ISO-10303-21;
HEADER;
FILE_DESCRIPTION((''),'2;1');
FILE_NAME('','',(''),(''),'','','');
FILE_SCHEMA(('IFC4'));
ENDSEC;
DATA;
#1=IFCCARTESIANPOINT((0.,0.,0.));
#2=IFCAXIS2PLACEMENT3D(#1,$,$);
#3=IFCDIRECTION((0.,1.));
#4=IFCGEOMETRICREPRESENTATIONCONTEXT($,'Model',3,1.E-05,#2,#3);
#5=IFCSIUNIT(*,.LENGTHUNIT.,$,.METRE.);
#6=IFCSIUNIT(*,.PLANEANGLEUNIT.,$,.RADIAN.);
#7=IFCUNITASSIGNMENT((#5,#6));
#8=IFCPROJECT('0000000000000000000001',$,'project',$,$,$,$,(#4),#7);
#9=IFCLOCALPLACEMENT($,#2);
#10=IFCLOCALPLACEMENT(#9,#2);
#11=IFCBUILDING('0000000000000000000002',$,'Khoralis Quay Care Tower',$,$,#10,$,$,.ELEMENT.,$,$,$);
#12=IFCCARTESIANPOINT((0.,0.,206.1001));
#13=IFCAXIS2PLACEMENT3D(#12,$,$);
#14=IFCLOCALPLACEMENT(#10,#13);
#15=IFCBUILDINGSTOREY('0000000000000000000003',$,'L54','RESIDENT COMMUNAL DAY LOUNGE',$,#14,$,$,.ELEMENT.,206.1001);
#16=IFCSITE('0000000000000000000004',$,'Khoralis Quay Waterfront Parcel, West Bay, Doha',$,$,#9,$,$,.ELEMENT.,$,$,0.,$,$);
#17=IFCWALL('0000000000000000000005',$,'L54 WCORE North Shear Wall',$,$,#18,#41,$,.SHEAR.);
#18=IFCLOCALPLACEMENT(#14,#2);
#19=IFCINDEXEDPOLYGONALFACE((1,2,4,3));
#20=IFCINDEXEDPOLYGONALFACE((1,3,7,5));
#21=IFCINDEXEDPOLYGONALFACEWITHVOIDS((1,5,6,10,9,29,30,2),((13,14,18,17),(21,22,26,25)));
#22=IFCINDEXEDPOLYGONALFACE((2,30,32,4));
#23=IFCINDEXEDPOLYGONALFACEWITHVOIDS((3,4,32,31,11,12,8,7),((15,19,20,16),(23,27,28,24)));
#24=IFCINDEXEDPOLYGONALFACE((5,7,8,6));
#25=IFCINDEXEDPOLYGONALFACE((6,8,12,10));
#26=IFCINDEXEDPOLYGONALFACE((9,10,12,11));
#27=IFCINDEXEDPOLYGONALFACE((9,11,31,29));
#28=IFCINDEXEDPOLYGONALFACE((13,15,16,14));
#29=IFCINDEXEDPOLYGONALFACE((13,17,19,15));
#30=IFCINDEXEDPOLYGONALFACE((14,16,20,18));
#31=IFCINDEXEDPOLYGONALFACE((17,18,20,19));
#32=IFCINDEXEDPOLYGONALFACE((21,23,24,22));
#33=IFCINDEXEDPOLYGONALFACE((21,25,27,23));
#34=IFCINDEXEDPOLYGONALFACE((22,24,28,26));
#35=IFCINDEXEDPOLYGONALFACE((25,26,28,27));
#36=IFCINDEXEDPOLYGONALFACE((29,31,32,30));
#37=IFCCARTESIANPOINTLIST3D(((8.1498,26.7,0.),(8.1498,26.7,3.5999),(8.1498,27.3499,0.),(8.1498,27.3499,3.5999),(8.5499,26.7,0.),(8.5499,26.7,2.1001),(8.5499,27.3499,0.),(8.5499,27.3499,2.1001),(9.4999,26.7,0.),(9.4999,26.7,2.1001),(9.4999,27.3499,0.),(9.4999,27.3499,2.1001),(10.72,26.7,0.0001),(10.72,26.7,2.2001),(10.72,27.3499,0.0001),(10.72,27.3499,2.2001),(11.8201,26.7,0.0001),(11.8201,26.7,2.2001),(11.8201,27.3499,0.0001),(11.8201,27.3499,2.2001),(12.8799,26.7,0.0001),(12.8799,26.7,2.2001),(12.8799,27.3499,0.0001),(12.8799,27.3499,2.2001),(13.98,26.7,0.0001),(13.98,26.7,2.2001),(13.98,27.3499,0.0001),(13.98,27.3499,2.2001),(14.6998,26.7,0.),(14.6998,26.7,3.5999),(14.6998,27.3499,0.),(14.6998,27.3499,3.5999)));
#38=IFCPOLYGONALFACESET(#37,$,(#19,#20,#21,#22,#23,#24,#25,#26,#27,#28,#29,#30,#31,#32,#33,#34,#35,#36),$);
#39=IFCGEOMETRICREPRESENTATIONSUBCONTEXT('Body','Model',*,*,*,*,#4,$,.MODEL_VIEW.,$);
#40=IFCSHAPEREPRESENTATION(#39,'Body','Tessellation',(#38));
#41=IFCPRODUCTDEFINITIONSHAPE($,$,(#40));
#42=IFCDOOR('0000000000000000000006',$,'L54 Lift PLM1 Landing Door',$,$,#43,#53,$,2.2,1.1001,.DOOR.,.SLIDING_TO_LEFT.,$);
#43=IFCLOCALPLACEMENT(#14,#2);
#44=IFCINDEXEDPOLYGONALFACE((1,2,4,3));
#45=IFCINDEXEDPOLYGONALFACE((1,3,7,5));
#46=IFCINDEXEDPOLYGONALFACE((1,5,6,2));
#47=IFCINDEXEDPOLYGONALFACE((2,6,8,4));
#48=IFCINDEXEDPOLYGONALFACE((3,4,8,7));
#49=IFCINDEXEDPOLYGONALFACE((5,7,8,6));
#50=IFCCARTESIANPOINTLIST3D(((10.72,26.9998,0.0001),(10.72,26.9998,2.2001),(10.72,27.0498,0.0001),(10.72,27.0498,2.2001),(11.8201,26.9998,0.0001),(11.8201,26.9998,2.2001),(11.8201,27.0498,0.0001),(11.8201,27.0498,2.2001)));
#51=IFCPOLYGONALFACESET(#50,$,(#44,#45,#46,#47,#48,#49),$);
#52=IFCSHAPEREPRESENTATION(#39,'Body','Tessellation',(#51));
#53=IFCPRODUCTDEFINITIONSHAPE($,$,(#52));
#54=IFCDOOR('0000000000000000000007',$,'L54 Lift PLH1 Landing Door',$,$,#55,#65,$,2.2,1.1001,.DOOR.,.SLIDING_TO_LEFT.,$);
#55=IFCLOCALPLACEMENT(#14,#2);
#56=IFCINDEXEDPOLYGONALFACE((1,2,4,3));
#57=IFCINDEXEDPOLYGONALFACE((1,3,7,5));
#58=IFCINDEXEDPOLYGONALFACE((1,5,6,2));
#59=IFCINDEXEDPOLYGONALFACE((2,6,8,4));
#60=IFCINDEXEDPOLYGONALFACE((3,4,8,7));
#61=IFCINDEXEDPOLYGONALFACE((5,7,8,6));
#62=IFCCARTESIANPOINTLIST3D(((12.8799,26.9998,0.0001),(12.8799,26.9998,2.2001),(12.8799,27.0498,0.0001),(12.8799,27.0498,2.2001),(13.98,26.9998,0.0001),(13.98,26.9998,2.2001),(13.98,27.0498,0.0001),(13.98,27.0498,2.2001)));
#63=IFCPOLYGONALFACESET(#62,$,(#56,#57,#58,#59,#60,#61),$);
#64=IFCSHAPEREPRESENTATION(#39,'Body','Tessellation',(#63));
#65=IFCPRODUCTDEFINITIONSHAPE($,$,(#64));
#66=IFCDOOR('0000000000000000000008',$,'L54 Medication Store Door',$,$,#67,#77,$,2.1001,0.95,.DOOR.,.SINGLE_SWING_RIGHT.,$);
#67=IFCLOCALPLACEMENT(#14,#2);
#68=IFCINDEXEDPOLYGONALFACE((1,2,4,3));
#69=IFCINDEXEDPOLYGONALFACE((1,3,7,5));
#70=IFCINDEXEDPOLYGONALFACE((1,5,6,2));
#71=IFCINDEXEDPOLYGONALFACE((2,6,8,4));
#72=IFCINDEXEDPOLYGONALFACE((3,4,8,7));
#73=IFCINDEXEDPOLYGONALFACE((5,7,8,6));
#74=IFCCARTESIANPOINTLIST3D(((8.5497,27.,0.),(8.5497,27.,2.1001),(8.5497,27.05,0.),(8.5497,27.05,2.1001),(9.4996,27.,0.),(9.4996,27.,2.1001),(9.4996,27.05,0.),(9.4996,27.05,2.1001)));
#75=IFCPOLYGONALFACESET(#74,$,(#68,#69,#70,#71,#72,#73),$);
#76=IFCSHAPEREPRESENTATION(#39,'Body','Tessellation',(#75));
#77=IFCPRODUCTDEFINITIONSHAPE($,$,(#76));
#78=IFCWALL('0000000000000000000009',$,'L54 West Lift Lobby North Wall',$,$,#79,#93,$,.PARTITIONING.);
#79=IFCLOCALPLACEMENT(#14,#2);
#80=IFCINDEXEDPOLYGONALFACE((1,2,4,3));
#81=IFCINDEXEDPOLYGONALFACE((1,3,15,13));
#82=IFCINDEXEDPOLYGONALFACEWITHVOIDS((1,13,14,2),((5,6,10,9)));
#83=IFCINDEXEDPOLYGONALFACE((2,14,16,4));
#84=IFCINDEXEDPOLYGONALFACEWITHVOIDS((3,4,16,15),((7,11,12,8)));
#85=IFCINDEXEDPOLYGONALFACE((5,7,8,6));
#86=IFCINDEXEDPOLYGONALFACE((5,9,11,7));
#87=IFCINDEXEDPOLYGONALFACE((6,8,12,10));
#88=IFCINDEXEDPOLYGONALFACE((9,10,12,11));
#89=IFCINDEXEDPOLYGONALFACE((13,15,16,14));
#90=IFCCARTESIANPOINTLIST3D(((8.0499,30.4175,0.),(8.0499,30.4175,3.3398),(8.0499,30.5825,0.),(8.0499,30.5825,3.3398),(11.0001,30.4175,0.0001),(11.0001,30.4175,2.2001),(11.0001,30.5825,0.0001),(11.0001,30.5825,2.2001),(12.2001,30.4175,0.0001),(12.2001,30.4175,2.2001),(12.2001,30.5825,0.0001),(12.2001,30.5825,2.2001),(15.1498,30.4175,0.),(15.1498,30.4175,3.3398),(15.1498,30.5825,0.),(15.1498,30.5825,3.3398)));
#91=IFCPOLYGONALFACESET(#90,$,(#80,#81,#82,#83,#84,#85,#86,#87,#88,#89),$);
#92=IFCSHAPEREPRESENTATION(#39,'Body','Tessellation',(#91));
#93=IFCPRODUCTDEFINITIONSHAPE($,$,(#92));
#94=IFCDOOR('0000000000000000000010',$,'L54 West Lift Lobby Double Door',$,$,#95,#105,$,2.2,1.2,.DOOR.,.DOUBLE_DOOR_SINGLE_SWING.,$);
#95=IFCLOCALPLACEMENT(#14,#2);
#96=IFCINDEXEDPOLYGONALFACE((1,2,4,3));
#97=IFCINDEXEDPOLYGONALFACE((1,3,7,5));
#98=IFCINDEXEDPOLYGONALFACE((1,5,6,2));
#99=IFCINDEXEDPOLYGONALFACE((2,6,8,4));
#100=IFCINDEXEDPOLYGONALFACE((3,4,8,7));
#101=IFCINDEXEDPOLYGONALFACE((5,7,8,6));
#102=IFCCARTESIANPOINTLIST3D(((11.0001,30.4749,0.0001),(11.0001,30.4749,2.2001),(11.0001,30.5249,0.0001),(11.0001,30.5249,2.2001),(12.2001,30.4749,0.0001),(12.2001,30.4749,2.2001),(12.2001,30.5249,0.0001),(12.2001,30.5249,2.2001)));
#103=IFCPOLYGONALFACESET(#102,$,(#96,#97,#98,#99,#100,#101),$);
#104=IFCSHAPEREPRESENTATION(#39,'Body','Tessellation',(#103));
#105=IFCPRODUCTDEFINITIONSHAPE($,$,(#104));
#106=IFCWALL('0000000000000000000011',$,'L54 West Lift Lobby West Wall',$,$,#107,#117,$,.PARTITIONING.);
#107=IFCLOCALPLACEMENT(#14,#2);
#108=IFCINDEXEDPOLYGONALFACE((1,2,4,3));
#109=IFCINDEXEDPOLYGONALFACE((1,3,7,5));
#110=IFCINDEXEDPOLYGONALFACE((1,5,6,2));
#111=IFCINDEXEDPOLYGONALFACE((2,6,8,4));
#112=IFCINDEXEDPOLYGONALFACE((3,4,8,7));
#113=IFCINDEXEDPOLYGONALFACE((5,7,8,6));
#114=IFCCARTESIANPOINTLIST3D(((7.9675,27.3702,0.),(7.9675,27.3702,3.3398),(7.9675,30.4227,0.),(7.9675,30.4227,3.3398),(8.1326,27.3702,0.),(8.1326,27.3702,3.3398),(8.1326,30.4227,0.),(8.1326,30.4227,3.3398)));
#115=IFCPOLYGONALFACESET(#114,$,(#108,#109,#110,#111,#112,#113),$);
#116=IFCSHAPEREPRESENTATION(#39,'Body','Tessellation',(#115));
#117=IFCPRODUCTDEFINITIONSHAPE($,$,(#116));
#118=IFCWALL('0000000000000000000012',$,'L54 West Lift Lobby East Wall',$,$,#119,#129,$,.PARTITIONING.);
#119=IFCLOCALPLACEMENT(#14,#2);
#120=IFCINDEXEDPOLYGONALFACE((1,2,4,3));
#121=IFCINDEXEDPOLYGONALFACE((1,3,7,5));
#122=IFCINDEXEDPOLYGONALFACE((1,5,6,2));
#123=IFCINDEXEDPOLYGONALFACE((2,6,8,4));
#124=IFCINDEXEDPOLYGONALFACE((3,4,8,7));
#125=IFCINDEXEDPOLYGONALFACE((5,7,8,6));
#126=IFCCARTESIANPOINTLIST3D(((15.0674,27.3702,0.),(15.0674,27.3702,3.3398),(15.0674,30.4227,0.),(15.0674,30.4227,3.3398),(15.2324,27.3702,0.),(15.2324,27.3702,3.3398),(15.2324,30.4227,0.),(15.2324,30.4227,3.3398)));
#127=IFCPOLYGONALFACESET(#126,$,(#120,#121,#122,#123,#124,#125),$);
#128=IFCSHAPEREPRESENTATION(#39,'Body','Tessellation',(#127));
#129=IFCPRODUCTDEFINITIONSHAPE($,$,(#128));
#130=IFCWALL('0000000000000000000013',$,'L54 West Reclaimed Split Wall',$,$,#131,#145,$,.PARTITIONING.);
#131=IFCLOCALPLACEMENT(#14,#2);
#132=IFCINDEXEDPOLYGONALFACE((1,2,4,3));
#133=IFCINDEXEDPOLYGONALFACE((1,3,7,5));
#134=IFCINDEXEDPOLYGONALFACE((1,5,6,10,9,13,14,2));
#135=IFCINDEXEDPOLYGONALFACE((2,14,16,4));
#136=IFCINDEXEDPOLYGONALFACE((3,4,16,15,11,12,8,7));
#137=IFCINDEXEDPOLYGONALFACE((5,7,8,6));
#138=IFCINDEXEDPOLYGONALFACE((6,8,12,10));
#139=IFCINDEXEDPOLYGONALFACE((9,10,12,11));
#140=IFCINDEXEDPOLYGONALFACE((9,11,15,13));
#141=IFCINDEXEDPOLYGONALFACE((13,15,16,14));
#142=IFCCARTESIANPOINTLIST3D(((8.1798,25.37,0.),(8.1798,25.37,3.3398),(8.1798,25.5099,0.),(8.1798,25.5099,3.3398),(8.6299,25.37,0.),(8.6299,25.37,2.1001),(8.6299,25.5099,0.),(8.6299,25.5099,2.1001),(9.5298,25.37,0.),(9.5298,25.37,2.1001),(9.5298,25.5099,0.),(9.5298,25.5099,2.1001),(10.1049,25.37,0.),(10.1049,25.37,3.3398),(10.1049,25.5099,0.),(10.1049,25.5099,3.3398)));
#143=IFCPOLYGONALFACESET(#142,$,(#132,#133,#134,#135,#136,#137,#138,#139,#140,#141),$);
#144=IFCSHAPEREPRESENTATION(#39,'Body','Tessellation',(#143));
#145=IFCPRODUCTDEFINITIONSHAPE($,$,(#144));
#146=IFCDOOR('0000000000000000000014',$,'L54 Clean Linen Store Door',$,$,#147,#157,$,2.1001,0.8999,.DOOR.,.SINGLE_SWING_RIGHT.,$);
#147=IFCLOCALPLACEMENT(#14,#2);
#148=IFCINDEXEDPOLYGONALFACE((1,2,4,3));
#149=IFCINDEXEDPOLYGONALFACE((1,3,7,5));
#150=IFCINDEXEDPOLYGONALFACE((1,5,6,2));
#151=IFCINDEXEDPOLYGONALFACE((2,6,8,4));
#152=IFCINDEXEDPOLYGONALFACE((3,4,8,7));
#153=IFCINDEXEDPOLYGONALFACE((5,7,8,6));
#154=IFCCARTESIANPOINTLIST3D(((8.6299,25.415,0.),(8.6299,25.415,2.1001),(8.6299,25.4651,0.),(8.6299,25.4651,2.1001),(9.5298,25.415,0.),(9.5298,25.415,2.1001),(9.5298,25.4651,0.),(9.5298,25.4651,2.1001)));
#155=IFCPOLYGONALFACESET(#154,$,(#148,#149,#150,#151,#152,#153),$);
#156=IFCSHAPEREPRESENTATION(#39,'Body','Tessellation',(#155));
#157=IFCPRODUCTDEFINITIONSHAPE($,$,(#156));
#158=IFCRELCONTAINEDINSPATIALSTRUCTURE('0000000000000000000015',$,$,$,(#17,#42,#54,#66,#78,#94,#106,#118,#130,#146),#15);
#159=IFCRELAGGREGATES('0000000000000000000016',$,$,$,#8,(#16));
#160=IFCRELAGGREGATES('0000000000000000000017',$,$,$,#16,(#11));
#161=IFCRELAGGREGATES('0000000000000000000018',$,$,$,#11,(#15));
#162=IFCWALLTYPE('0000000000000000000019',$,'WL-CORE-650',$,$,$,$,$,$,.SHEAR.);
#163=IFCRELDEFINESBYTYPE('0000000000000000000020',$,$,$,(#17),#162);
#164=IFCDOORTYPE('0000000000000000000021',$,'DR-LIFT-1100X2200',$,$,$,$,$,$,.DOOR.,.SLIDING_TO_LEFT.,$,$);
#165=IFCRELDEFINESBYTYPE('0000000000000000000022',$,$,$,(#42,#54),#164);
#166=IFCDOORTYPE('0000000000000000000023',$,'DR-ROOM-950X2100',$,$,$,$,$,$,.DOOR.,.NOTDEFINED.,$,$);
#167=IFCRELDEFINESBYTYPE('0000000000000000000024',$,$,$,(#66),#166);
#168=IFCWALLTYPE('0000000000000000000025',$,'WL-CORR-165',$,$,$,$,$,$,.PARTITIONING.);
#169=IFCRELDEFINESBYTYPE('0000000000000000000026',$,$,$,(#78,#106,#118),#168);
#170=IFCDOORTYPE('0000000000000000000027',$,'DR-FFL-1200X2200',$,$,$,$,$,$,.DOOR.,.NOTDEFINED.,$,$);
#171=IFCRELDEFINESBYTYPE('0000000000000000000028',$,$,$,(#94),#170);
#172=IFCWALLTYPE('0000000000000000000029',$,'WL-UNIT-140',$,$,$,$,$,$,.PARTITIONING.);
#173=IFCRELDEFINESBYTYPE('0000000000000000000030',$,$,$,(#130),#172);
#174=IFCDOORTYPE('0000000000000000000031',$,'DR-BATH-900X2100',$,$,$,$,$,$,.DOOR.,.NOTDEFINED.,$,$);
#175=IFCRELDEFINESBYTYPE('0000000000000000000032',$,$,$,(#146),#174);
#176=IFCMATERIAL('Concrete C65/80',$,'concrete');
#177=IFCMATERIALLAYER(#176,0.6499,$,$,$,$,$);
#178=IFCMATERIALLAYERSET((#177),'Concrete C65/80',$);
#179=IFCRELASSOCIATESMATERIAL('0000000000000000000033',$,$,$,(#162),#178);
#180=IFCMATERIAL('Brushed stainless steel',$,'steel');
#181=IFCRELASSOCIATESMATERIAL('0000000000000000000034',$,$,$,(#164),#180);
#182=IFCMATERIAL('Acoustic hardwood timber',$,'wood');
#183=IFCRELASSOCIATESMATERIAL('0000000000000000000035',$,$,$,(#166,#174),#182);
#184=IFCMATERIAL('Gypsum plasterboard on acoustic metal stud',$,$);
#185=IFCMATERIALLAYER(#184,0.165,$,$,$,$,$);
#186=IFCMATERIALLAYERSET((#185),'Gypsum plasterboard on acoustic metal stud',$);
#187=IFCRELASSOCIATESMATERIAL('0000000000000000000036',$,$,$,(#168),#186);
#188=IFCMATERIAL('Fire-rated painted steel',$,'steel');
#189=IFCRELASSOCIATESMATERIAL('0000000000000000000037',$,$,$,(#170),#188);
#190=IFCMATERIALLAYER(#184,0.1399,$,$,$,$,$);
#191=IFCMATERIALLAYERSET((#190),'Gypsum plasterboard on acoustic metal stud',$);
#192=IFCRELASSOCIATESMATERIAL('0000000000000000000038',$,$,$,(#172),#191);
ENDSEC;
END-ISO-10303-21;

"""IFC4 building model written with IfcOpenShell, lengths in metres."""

from ifc_helpers import new_model, si_unit, direction, frame, frame_2d, origin, place, context, subcontext, project, spatial, rectangle, extrude, source, transform, mapped, material, layer, layer_set, type_object, element, fill, save


model = new_model("IFC4")

# Units and contexts
model_context = context("Model", 3, precision=1e-05, world=origin(), true_north=direction((0.0, 1.0)))
body_context = subcontext(model_context, "Body", "Model", "MODEL_VIEW")
ifc_project = project(units=[si_unit("LENGTHUNIT", "METRE"), si_unit("PLANEANGLEUNIT", "RADIAN")], contexts=[model_context])

# Site, building, storey
site_placement = place(None, origin())
site = spatial("IfcSite", under=ifc_project, at=site_placement, Name="Khoralis Quay Waterfront Parcel, West Bay, Doha", CompositionType="ELEMENT", RefElevation=0.0)
building_placement = place(site_placement, origin())
building = spatial("IfcBuilding", under=site, at=building_placement, Name="Khoralis Quay Care Tower", CompositionType="ELEMENT")
storey_placement = place(building_placement, frame((0.0, 0.0, 206.1001)))
storey = spatial("IfcBuildingStorey", under=building, at=storey_placement, Name="L54", Description="RESIDENT COMMUNAL DAY LOUNGE", CompositionType="ELEMENT", Elevation=206.1001)

# Shared definitions
ifc_material_1 = material(Name="Concrete C65/80", Category="concrete")

# Wall, openings, doors
ifc_layer_1 = layer(ifc_material_1, 0.6499)
ifc_layer_set_1 = layer_set([ifc_layer_1], Name="Concrete C65/80")
wall_type_1 = type_object("IfcWallType", Name="WL-CORE-650", PredefinedType="SHEAR", material=ifc_layer_set_1)
wall_1_placement = place(storey_placement, frame((8.1499, 27.0249, 0.0), z_axis=(0.0, 0.0, 1.0), x_axis=(1.0, 0.0, 0.0)))
wall_1 = element("IfcWall", 1, at=wall_1_placement, inside=storey, type_object=wall_type_1, Name="L54 WCORE North Shear Wall", PredefinedType="SHEAR", context=body_context, shape_type="SweptSolid", body=[
    extrude(rectangle(XDim=6.55, YDim=0.6499, at=frame_2d((3.2749, 0.0))), origin(), (0.0, 0.0, 1.0), 3.5999),
])
opening_1_placement = place(wall_1_placement, frame((0.3999, 0.0, 0.0)))
opening_1 = element("IfcOpeningElement", 2, at=opening_1_placement, cuts=wall_1, PredefinedType="OPENING", context=body_context, shape_type="SweptSolid", body=[
    extrude(rectangle(XDim=0.95, YDim=2.1001, at=frame_2d((0.4751, 1.05))), frame((0.0, 0.335, 0.0), z_axis=(0.0, -1.0, 0.0), x_axis=(1.0, 0.0, 0.0)), (0.0, 0.0, 1.0), 0.6699),
])
opening_2_placement = place(wall_1_placement, frame((2.5701, 0.0, 0.0)))
opening_2 = element("IfcOpeningElement", 3, at=opening_2_placement, cuts=wall_1, PredefinedType="OPENING", context=body_context, shape_type="SweptSolid", body=[
    extrude(rectangle(XDim=1.1001, YDim=2.2, at=frame_2d((0.55, 1.1001))), frame((0.0, 0.335, 0.0), z_axis=(0.0, -1.0, 0.0), x_axis=(1.0, 0.0, 0.0)), (0.0, 0.0, 1.0), 0.6699),
])
opening_3_placement = place(wall_1_placement, frame((4.73, 0.0, 0.0)))
opening_3 = element("IfcOpeningElement", 4, at=opening_3_placement, cuts=wall_1, PredefinedType="OPENING", context=body_context, shape_type="SweptSolid", body=[
    extrude(rectangle(XDim=1.1001, YDim=2.2, at=frame_2d((0.55, 1.1001))), frame((0.0, 0.335, 0.0), z_axis=(0.0, -1.0, 0.0), x_axis=(1.0, 0.0, 0.0)), (0.0, 0.0, 1.0), 0.6699),
])
ifc_material_2 = material(Name="Brushed stainless steel", Category="steel")
door_type_1 = type_object("IfcDoorType", Name="DR-LIFT-1100X2200", OperationType="SLIDING_TO_LEFT", PredefinedType="DOOR", material=ifc_material_2)
shared_shape_1 = source(origin(), body_context, "Body", "SweptSolid", [
    extrude(rectangle(XDim=1.1001, YDim=2.2, at=frame_2d((0.55, 1.1001))), frame((0.0, 0.0249, 0.0), z_axis=(0.0, -1.0, 0.0), x_axis=(1.0, 0.0, 0.0)), (0.0, 0.0, 1.0), 0.05),
])
door_1_placement = place(opening_2_placement, origin())
door_1 = element("IfcDoor", 5, at=door_1_placement, inside=storey, type_object=door_type_1, Name="L54 Lift PLM1 Landing Door", OperationType="SLIDING_TO_LEFT", OverallHeight=2.2, OverallWidth=1.1001, PredefinedType="DOOR", context=body_context, shape_type="MappedRepresentation", body=[
    mapped(shared_shape_1, transform((0.0, 0.0, 0.0), scale=1.0)),
])
fill(opening_2, door_1)
door_2_placement = place(opening_3_placement, origin())
door_2 = element("IfcDoor", 6, at=door_2_placement, inside=storey, type_object=door_type_1, Name="L54 Lift PLH1 Landing Door", OperationType="SLIDING_TO_LEFT", OverallHeight=2.2, OverallWidth=1.1001, PredefinedType="DOOR", context=body_context, shape_type="MappedRepresentation", body=[
    mapped(shared_shape_1, transform((0.0, 0.0, 0.0), scale=1.0)),
])
fill(opening_3, door_2)
ifc_material_3 = material(Name="Acoustic hardwood timber", Category="wood")
door_type_2 = type_object("IfcDoorType", Name="DR-ROOM-950X2100", OperationType="NOTDEFINED", PredefinedType="DOOR", material=ifc_material_3)
shared_shape_2 = source(origin(), body_context, "Body", "SweptSolid", [
    extrude(rectangle(XDim=0.95, YDim=2.1001, at=frame_2d((0.4751, 1.05))), frame((0.0, 0.0249, 0.0), z_axis=(0.0, -1.0, 0.0), x_axis=(1.0, 0.0, 0.0)), (0.0, 0.0, 1.0), 0.05),
])
door_3_placement = place(opening_1_placement, frame((0.95, 0.0, 0.0), z_axis=(0.0, 0.0, 1.0), x_axis=(-1.0, 0.0, 0.0)))
door_3 = element("IfcDoor", 7, at=door_3_placement, inside=storey, type_object=door_type_2, Name="L54 Medication Store Door", OperationType="SINGLE_SWING_RIGHT", OverallHeight=2.1001, OverallWidth=0.95, PredefinedType="DOOR", context=body_context, shape_type="MappedRepresentation", body=[
    mapped(shared_shape_2, transform((0.0, 0.0, 0.0), scale=1.0)),
])
fill(opening_1, door_3)

# Wall, opening, door
ifc_material_4 = material(Name="Gypsum plasterboard on acoustic metal stud")
ifc_layer_2 = layer(ifc_material_4, 0.165)
ifc_layer_set_2 = layer_set([ifc_layer_2], Name="Gypsum plasterboard on acoustic metal stud")
wall_type_2 = type_object("IfcWallType", Name="WL-CORR-165", PredefinedType="PARTITIONING", material=ifc_layer_set_2)
wall_2_placement = place(storey_placement, frame((8.05, 30.5, 0.0), z_axis=(0.0, 0.0, 1.0), x_axis=(1.0, 0.0, 0.0)))
wall_2 = element("IfcWall", 8, at=wall_2_placement, inside=storey, type_object=wall_type_2, Name="L54 West Lift Lobby North Wall", PredefinedType="PARTITIONING", context=body_context, shape_type="SweptSolid", body=[
    extrude(rectangle(XDim=7.0999, YDim=0.165, at=frame_2d((3.5498, 0.0))), origin(), (0.0, 0.0, 1.0), 3.3398),
])
opening_4_placement = place(wall_2_placement, frame((2.95, 0.0, 0.0)))
opening_4 = element("IfcOpeningElement", 9, at=opening_4_placement, cuts=wall_2, PredefinedType="OPENING", context=body_context, shape_type="SweptSolid", body=[
    extrude(rectangle(XDim=1.2, YDim=2.2, at=frame_2d((0.6001, 1.1001))), frame((0.0, 0.0925, 0.0), z_axis=(0.0, -1.0, 0.0), x_axis=(1.0, 0.0, 0.0)), (0.0, 0.0, 1.0), 0.1851),
])
ifc_material_5 = material(Name="Fire-rated painted steel", Category="steel")
door_type_3 = type_object("IfcDoorType", Name="DR-FFL-1200X2200", OperationType="NOTDEFINED", PredefinedType="DOOR", material=ifc_material_5)
shared_shape_3 = source(origin(), body_context, "Body", "SweptSolid", [
    extrude(rectangle(XDim=1.2, YDim=2.2, at=frame_2d((0.6001, 1.1001))), frame((0.0, 0.0249, 0.0), z_axis=(0.0, -1.0, 0.0), x_axis=(1.0, 0.0, 0.0)), (0.0, 0.0, 1.0), 0.05),
])
door_4_placement = place(opening_4_placement, origin())
door_4 = element("IfcDoor", 10, at=door_4_placement, inside=storey, type_object=door_type_3, Name="L54 West Lift Lobby Double Door", OperationType="DOUBLE_DOOR_SINGLE_SWING", OverallHeight=2.2, OverallWidth=1.2, PredefinedType="DOOR", context=body_context, shape_type="MappedRepresentation", body=[
    mapped(shared_shape_3, transform((0.0, 0.0, 0.0), scale=1.0)),
])
fill(opening_4, door_4)

# Walls
for number, where, z_axis, x_axis, name in (
    (11, (8.05, 27.3701, 0.0), (0.0, 0.0, 1.0), (0.0, 1.0, 0.0), "L54 West Lift Lobby West Wall"),
    (12, (15.1499, 27.3701, 0.0), (0.0, 0.0, 1.0), (0.0, 1.0, 0.0), "L54 West Lift Lobby East Wall"),
):
    element("IfcWall", number, at=place(storey_placement, frame(where, z_axis=z_axis, x_axis=x_axis)), inside=storey, type_object=wall_type_2, Name=name, PredefinedType="PARTITIONING", context=body_context, shape_type="SweptSolid", body=[
        extrude(rectangle(XDim=3.0525, YDim=0.165, at=frame_2d((1.5264, 0.0))), origin(), (0.0, 0.0, 1.0), 3.3398),
    ])

# Wall, opening, door
ifc_layer_3 = layer(ifc_material_4, 0.1399)
ifc_layer_set_3 = layer_set([ifc_layer_3], Name="Gypsum plasterboard on acoustic metal stud")
wall_type_3 = type_object("IfcWallType", Name="WL-UNIT-140", PredefinedType="PARTITIONING", material=ifc_layer_set_3)
wall_3_placement = place(storey_placement, frame((8.1799, 25.4399, 0.0), z_axis=(0.0, 0.0, 1.0), x_axis=(1.0, 0.0, 0.0)))
wall_3 = element("IfcWall", 13, at=wall_3_placement, inside=storey, type_object=wall_type_3, Name="L54 West Reclaimed Split Wall", PredefinedType="PARTITIONING", context=body_context, shape_type="SweptSolid", body=[
    extrude(rectangle(XDim=1.925, YDim=0.1399, at=frame_2d((0.9624, 0.0))), origin(), (0.0, 0.0, 1.0), 3.3398),
])
opening_5_placement = place(wall_3_placement, frame((0.45, 0.0, 0.0)))
opening_5 = element("IfcOpeningElement", 14, at=opening_5_placement, cuts=wall_3, PredefinedType="OPENING", context=body_context, shape_type="SweptSolid", body=[
    extrude(rectangle(XDim=0.8999, YDim=2.1001, at=frame_2d((0.45, 1.05))), frame((0.0, 0.0801, 0.0), z_axis=(0.0, -1.0, 0.0), x_axis=(1.0, 0.0, 0.0)), (0.0, 0.0, 1.0), 0.1599),
])
door_type_4 = type_object("IfcDoorType", Name="DR-BATH-900X2100", OperationType="NOTDEFINED", PredefinedType="DOOR", material=ifc_material_3)
shared_shape_4 = source(origin(), body_context, "Body", "SweptSolid", [
    extrude(rectangle(XDim=0.8999, YDim=2.1001, at=frame_2d((0.45, 1.05))), frame((0.0, 0.0249, 0.0), z_axis=(0.0, -1.0, 0.0), x_axis=(1.0, 0.0, 0.0)), (0.0, 0.0, 1.0), 0.05),
])
door_5_placement = place(opening_5_placement, frame((0.8999, 0.0, 0.0), z_axis=(0.0, 0.0, 1.0), x_axis=(-1.0, 0.0, 0.0)))
door_5 = element("IfcDoor", 15, at=door_5_placement, inside=storey, type_object=door_type_4, Name="L54 Clean Linen Store Door", OperationType="SINGLE_SWING_RIGHT", OverallHeight=2.1001, OverallWidth=0.8999, PredefinedType="DOOR", context=body_context, shape_type="MappedRepresentation", body=[
    mapped(shared_shape_4, transform((0.0, 0.0, 0.0), scale=1.0)),
])
fill(opening_5, door_5)

save(model, "model.ifc")
